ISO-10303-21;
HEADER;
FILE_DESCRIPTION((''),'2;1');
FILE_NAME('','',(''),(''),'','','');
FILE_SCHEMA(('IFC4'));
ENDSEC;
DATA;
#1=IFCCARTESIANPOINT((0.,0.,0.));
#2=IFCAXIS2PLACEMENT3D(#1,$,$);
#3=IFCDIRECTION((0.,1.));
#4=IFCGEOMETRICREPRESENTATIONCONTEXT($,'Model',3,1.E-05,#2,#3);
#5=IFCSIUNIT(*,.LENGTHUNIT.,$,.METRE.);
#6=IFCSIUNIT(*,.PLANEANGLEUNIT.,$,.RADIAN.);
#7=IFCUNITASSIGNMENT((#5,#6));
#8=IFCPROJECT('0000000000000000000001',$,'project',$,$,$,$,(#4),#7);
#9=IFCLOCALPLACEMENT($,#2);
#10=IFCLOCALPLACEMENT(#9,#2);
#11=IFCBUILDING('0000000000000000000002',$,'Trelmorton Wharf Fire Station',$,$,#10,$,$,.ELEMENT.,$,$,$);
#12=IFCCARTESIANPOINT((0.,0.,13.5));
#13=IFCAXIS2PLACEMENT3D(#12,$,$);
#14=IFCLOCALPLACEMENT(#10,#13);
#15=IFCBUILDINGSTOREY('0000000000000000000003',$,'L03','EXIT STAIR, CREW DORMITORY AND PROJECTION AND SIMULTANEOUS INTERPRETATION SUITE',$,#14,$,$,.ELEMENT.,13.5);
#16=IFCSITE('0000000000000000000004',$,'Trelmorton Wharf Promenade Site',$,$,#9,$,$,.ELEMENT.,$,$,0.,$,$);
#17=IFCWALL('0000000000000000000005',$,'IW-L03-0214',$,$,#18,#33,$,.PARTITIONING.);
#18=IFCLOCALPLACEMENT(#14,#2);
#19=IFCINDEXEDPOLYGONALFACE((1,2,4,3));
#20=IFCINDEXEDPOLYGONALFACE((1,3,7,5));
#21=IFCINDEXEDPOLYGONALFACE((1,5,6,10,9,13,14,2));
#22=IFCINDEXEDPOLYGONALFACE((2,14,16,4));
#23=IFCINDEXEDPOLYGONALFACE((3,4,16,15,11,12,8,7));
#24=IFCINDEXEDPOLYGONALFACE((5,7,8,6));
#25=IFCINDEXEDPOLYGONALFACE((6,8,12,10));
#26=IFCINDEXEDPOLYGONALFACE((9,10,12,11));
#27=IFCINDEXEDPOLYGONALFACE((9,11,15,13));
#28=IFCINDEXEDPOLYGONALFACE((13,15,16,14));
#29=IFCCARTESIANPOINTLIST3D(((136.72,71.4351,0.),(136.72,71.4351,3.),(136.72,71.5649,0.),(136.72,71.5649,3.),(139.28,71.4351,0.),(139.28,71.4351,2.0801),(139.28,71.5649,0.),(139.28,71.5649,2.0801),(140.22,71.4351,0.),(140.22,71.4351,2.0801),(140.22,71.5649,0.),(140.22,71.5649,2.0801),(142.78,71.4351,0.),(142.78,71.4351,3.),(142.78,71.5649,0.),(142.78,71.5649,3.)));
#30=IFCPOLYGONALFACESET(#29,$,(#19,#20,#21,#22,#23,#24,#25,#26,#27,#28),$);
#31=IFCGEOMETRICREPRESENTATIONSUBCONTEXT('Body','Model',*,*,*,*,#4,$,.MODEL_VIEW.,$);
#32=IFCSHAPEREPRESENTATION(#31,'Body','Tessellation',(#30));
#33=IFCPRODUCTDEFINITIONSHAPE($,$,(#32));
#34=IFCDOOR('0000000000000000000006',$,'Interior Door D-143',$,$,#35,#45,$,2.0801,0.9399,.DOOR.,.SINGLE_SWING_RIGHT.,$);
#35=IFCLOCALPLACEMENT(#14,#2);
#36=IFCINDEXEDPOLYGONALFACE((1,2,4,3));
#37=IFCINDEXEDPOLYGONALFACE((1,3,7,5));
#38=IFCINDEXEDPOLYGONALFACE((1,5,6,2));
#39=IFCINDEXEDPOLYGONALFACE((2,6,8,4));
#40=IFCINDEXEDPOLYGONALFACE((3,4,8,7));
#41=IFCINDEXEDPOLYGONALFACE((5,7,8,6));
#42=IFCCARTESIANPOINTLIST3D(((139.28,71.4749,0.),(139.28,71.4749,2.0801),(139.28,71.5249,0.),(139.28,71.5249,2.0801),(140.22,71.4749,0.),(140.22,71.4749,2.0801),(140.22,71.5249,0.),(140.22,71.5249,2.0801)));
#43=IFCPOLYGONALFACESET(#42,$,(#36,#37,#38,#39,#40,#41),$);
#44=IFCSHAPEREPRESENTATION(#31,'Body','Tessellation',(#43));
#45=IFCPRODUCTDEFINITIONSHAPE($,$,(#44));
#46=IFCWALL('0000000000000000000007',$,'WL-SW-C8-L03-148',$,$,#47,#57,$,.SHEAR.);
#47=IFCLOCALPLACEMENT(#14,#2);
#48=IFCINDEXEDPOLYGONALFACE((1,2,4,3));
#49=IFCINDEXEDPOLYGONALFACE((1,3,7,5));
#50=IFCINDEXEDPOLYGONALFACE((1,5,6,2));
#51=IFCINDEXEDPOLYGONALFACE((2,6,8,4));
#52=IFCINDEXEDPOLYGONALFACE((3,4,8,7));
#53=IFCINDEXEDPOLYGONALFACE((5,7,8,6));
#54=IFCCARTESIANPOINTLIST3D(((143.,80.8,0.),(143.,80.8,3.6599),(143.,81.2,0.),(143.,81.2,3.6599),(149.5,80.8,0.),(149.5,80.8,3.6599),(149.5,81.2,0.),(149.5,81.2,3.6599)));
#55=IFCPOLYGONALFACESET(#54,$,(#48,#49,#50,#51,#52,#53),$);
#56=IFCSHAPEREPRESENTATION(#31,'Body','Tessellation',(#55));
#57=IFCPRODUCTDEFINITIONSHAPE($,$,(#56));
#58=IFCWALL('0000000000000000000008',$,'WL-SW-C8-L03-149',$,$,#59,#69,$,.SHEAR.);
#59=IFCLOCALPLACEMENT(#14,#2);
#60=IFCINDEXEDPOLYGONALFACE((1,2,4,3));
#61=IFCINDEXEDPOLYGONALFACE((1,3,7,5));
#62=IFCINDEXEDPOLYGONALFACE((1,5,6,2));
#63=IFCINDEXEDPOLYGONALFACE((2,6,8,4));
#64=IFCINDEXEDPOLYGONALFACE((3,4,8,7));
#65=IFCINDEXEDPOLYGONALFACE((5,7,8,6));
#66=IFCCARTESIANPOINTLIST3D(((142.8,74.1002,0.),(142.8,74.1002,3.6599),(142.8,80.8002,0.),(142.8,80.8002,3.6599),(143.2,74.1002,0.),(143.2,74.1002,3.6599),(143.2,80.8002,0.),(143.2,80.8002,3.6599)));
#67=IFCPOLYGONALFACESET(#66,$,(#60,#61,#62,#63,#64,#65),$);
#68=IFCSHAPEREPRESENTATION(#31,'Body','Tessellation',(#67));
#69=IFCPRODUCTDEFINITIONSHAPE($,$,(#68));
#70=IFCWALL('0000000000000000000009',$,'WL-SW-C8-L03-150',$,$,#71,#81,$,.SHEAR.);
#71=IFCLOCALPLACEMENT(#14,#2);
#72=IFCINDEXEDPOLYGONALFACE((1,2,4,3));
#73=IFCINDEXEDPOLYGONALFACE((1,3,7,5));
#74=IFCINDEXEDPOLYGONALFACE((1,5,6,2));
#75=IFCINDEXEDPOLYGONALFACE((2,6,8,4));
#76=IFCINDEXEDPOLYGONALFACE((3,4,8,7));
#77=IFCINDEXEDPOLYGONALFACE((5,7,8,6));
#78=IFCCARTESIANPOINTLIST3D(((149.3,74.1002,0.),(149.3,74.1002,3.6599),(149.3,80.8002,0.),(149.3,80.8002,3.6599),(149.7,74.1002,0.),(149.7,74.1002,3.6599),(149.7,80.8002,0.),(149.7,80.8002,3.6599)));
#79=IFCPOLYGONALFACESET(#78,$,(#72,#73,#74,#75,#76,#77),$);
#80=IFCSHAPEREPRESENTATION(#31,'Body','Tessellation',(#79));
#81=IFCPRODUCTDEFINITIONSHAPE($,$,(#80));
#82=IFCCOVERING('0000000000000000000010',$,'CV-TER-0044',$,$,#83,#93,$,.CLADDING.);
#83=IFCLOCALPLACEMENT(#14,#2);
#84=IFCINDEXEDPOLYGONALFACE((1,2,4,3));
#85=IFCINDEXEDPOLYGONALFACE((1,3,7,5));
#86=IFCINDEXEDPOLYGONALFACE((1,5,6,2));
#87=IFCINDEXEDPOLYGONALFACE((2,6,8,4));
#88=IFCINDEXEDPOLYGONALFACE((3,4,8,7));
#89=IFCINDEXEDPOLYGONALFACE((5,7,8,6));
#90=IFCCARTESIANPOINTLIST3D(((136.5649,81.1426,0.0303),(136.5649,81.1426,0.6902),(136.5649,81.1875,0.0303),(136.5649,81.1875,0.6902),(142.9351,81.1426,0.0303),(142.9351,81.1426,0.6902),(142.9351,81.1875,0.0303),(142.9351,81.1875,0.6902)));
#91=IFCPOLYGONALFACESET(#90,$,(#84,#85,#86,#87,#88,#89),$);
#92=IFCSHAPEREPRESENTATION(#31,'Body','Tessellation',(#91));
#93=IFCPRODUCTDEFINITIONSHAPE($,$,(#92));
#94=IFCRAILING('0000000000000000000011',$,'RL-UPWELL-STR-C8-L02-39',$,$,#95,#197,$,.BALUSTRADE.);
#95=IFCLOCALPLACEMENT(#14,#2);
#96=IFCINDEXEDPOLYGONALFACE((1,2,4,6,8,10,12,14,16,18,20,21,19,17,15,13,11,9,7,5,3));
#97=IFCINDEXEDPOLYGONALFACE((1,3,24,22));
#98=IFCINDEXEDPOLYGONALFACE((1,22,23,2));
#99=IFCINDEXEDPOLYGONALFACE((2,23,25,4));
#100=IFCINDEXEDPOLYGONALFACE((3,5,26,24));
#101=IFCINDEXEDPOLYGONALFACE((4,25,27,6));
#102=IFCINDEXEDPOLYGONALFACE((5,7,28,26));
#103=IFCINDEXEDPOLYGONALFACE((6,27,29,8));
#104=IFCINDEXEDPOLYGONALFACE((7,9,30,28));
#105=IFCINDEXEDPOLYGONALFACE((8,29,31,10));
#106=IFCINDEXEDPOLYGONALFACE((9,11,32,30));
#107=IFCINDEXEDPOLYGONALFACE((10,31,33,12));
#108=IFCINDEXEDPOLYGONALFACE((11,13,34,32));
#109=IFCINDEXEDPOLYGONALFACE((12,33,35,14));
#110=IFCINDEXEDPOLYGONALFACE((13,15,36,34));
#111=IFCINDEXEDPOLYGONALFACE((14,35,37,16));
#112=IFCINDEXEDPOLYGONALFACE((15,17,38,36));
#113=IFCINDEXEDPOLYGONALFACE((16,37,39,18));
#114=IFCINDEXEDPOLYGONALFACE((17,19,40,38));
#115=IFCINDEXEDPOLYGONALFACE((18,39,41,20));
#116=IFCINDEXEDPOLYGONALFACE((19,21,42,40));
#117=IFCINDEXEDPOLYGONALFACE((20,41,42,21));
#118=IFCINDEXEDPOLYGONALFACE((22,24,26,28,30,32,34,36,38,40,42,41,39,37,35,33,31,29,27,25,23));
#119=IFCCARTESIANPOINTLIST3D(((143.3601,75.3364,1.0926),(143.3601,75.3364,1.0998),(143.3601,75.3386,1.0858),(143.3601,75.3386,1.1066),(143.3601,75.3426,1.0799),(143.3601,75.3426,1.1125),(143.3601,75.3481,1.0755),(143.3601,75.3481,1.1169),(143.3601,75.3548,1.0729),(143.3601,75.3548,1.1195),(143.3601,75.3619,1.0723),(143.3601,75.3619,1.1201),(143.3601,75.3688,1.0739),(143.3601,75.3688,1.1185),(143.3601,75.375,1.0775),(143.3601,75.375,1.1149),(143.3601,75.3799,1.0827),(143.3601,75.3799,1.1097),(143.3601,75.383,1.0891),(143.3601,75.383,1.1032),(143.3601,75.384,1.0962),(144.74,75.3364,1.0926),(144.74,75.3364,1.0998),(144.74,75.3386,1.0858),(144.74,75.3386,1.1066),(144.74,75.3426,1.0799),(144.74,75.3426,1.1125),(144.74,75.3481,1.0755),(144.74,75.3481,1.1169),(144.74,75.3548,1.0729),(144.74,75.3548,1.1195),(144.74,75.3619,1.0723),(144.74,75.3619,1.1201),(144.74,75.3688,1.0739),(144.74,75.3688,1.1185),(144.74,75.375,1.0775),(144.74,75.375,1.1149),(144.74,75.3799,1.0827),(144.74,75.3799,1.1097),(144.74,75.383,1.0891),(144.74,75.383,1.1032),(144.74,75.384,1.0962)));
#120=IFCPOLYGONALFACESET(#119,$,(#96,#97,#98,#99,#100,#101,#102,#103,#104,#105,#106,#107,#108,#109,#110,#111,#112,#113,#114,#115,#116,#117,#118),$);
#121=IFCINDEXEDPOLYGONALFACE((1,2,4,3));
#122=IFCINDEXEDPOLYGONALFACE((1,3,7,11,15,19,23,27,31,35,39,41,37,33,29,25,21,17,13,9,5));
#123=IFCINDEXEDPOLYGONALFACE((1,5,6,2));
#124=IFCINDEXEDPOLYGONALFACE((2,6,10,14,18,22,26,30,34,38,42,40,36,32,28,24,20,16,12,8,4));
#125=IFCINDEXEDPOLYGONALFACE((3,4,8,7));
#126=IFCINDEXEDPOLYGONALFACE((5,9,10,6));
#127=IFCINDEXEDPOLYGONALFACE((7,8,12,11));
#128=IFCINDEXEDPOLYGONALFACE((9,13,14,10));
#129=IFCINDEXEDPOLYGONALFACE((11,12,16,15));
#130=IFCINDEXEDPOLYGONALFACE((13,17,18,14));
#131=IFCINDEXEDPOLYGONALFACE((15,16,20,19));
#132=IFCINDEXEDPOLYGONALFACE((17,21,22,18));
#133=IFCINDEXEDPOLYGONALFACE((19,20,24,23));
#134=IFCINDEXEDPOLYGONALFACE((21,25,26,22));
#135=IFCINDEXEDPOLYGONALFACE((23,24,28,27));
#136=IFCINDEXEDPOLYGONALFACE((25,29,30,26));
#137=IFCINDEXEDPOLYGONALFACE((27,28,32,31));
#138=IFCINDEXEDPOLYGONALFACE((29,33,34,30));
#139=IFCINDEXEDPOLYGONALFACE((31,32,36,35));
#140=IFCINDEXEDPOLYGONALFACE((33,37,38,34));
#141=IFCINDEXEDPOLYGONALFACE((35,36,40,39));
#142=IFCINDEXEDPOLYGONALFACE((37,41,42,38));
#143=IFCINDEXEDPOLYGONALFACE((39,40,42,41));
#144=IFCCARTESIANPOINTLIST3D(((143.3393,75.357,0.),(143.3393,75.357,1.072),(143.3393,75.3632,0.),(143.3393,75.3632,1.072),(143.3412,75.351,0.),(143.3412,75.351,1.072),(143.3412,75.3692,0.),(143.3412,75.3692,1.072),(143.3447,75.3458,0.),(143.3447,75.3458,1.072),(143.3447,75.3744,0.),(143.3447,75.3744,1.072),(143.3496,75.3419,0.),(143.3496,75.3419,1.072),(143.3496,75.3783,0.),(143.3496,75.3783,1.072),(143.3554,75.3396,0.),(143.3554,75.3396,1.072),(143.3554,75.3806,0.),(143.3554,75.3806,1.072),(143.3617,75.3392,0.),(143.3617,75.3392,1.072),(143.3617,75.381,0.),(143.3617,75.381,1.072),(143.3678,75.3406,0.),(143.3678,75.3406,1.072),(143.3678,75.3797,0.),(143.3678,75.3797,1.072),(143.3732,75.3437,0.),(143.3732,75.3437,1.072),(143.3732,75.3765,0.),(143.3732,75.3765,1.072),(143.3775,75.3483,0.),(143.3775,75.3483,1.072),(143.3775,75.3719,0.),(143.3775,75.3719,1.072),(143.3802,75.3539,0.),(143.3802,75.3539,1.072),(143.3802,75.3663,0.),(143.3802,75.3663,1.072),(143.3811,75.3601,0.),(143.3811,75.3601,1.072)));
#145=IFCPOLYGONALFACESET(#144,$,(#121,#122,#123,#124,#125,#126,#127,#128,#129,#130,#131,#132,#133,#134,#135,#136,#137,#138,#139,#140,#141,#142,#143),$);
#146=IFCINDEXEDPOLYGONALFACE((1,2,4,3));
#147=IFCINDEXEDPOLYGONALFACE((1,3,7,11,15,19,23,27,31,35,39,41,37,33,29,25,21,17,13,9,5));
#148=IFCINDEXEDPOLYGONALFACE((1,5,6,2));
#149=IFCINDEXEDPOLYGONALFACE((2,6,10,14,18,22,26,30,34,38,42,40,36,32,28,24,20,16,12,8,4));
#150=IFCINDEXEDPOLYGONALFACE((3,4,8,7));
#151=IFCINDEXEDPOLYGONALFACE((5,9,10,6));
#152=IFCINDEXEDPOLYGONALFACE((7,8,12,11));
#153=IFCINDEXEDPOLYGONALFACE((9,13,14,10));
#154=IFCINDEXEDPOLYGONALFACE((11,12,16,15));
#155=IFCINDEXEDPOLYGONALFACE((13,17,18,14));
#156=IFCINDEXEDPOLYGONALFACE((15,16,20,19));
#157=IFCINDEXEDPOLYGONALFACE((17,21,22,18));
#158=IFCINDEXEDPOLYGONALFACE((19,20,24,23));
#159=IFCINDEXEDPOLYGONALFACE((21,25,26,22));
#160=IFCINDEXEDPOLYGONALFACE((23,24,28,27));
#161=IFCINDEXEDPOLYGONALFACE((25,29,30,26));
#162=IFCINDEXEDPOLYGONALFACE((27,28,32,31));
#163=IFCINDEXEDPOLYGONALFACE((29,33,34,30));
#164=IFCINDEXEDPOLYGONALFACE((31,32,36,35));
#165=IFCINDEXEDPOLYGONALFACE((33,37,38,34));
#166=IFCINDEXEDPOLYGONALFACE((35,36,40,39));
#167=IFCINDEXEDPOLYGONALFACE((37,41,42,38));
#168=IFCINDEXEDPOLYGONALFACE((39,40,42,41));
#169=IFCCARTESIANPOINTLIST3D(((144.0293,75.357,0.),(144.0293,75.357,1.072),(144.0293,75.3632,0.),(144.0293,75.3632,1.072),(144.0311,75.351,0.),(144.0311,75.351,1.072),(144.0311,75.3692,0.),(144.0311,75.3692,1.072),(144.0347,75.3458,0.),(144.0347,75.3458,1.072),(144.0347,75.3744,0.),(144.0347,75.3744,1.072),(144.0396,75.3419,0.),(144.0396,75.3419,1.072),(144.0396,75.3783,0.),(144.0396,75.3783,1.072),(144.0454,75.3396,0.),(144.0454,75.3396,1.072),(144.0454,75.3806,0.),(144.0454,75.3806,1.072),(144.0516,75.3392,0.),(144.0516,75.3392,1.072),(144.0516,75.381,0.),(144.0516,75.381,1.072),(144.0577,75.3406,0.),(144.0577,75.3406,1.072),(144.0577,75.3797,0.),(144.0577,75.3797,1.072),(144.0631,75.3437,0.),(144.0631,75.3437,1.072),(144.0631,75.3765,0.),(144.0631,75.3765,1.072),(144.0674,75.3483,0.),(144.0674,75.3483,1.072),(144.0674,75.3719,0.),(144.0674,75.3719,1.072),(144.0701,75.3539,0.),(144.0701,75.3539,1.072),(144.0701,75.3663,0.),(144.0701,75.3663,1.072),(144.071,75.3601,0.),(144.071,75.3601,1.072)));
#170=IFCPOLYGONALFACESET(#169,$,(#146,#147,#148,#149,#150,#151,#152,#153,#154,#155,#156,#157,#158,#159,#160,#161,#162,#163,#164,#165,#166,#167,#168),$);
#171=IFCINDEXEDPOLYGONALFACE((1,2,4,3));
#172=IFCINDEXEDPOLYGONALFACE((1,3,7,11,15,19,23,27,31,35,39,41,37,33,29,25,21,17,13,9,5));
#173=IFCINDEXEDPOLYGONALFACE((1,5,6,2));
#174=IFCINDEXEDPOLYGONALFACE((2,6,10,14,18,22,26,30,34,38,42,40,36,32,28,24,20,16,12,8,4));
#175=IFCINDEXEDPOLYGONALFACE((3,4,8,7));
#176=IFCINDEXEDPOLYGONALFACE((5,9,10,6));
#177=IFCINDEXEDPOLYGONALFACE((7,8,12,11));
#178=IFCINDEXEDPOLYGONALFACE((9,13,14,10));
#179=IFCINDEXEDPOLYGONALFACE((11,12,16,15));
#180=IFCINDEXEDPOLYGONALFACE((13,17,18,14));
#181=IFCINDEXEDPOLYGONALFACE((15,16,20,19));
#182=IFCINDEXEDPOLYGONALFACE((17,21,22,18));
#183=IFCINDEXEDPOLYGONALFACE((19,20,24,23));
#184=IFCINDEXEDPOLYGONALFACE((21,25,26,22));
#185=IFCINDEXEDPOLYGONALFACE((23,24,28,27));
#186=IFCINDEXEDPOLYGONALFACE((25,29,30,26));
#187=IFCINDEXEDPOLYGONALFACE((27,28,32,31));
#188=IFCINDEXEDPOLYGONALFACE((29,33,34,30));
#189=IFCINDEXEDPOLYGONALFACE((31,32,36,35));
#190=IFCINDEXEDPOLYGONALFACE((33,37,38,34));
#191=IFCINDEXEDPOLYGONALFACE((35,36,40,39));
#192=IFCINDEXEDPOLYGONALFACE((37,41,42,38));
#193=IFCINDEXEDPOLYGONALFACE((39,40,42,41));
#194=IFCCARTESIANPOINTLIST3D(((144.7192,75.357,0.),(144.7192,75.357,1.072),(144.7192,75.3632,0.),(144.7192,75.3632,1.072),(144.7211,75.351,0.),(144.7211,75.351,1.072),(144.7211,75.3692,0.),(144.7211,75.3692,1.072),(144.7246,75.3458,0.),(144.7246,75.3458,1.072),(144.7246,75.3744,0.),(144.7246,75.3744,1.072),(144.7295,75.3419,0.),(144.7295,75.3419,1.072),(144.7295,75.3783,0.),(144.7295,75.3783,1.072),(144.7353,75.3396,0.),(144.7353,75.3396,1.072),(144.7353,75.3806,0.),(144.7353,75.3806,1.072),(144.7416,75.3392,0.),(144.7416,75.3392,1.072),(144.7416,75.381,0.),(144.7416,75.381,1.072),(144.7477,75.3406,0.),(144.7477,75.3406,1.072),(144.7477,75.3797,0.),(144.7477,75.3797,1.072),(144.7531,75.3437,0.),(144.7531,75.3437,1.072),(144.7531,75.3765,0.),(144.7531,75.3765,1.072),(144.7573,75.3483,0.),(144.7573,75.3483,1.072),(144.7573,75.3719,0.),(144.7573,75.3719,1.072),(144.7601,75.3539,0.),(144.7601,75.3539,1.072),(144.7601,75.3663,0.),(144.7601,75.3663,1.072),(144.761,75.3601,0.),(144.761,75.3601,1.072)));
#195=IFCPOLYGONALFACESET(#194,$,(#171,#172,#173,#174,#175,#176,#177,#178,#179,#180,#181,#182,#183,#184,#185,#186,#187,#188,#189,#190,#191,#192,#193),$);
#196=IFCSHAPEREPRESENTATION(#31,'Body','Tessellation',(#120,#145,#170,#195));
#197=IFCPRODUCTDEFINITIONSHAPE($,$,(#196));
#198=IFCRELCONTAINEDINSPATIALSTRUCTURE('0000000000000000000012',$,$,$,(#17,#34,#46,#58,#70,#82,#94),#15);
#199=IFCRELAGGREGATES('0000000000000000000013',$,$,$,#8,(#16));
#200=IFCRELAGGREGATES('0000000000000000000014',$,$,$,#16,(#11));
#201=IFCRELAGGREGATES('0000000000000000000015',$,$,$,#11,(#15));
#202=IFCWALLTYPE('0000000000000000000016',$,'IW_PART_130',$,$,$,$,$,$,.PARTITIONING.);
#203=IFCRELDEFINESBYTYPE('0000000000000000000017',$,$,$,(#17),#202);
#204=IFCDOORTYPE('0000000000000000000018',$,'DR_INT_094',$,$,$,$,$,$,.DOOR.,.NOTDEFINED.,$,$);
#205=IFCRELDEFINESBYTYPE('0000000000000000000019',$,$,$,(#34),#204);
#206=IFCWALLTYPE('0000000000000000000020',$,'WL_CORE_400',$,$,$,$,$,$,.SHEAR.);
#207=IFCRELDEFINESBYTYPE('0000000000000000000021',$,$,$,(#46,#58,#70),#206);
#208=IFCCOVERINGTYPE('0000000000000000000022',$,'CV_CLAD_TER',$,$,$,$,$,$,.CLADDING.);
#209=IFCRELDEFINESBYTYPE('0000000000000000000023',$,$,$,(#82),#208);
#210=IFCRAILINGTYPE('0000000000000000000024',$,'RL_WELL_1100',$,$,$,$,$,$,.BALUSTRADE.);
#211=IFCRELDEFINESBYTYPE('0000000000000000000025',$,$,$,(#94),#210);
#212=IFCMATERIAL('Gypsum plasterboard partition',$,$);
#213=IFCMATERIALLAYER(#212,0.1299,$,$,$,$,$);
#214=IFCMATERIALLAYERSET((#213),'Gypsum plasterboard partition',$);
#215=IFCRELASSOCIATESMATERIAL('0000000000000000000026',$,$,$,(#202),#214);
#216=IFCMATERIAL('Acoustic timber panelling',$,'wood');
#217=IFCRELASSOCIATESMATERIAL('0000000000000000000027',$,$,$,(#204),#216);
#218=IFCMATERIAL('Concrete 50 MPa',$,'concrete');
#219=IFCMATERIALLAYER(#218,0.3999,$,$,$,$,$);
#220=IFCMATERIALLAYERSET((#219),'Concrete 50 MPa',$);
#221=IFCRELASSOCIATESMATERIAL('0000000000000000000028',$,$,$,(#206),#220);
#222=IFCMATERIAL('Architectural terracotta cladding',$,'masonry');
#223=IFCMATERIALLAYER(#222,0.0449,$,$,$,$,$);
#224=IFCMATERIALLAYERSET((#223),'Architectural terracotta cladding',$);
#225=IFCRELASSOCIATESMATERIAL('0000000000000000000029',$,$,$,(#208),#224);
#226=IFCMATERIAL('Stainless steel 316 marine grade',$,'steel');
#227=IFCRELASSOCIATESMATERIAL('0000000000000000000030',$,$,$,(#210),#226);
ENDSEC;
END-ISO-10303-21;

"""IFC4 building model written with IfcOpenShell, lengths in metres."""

from ifc_helpers import new_model, si_unit, direction, frame, frame_2d, origin, origin_2d, place, context, subcontext, project, spatial, rectangle, circle, extrude, material, layer, layer_set, type_object, element, fill, save


model = new_model("IFC4")

# Units and contexts
model_context = context("Model", 3, precision=1e-05, world=origin(), true_north=direction((0.0, 1.0)))
body_context = subcontext(model_context, "Body", "Model", "MODEL_VIEW")
ifc_project = project(units=[si_unit("LENGTHUNIT", "METRE"), si_unit("PLANEANGLEUNIT", "RADIAN")], contexts=[model_context])

# Site, building, storey
site_placement = place(None, origin())
site = spatial("IfcSite", under=ifc_project, at=site_placement, Name="Trelmorton Wharf Promenade Site", CompositionType="ELEMENT", RefElevation=0.0)
building_placement = place(site_placement, origin())
building = spatial("IfcBuilding", under=site, at=building_placement, Name="Trelmorton Wharf Fire Station", CompositionType="ELEMENT")
storey_placement = place(building_placement, frame((0.0, 0.0, 13.5)))
storey = spatial("IfcBuildingStorey", under=building, at=storey_placement, Name="L03", Description="EXIT STAIR, CREW DORMITORY AND PROJECTION AND SIMULTANEOUS INTERPRETATION SUITE", CompositionType="ELEMENT", Elevation=13.5)

# Wall, opening, door
ifc_material_1 = material(Name="Stainless steel 316 marine grade", Category="steel")
ifc_material_2 = material(Name="Gypsum plasterboard partition")
ifc_material_3 = material(Name="Acoustic timber panelling", Category="wood")
ifc_layer_1 = layer(ifc_material_2, 0.1299)
ifc_layer_set_1 = layer_set([ifc_layer_1], Name="Gypsum plasterboard partition")
wall_type_1 = type_object("IfcWallType", Name="IW_PART_130", PredefinedType="PARTITIONING", material=ifc_layer_set_1)
wall_1_placement = place(storey_placement, frame((136.72, 71.5, 0.0), z_axis=(0.0, 0.0, 1.0), x_axis=(1.0, 0.0, 0.0)))
wall_1 = element("IfcWall", 1, at=wall_1_placement, inside=storey, type_object=wall_type_1, Name="IW-L03-0214", PredefinedType="PARTITIONING", context=body_context, shape_type="SweptSolid", body=[
    extrude(rectangle(XDim=6.0601, YDim=0.1299, at=frame_2d((3.03, 0.0))), origin(), (0.0, 0.0, 1.0), 3.0),
])
opening_1_placement = place(wall_1_placement, frame((2.5601, 0.0, 0.0)))
opening_1 = element("IfcOpeningElement", 2, at=opening_1_placement, cuts=wall_1, PredefinedType="OPENING", context=body_context, shape_type="SweptSolid", body=[
    extrude(rectangle(XDim=0.9399, YDim=2.0801, at=frame_2d((0.47, 1.04))), frame((0.0, 0.075, 0.0), z_axis=(0.0, -1.0, 0.0), x_axis=(1.0, 0.0, 0.0)), (0.0, 0.0, 1.0), 0.1499),
])
door_type_1 = type_object("IfcDoorType", Name="DR_INT_094", OperationType="NOTDEFINED", PredefinedType="DOOR", material=ifc_material_3)
door_1_placement = place(opening_1_placement, origin())
door_1 = element("IfcDoor", 3, at=door_1_placement, inside=storey, type_object=door_type_1, Name="Interior Door D-143", OperationType="SINGLE_SWING_RIGHT", OverallHeight=2.0801, OverallWidth=0.9399, PredefinedType="DOOR", context=body_context, shape_type="SweptSolid", body=[
    extrude(rectangle(XDim=0.9399, YDim=2.0801, at=frame_2d((0.47, 1.04))), frame((0.0, 0.0249, 0.0), z_axis=(0.0, -1.0, 0.0), x_axis=(1.0, 0.0, 0.0)), (0.0, 0.0, 1.0), 0.05),
])
fill(opening_1, door_1)

# Walls
ifc_material_4 = material(Name="Concrete 50 MPa", Category="concrete")
ifc_layer_2 = layer(ifc_material_4, 0.3999)
ifc_layer_set_2 = layer_set([ifc_layer_2], Name="Concrete 50 MPa")
wall_type_2 = type_object("IfcWallType", Name="WL_CORE_400", PredefinedType="SHEAR", material=ifc_layer_set_2)
wall_2_placement = place(storey_placement, frame((143.0, 81.0, 0.0), z_axis=(0.0, 0.0, 1.0), x_axis=(1.0, 0.0, 0.0)))
element("IfcWall", 4, at=wall_2_placement, inside=storey, type_object=wall_type_2, Name="WL-SW-C8-L03-148", PredefinedType="SHEAR", context=body_context, shape_type="SweptSolid", body=[
    extrude(rectangle(XDim=6.5, YDim=0.3999, at=frame_2d((3.25, 0.0))), origin(), (0.0, 0.0, 1.0), 3.6599),
])
for number, where, z_axis, x_axis, name in (
    (5, (143.0, 74.1001, 0.0), (0.0, 0.0, 1.0), (0.0, 1.0, 0.0), "WL-SW-C8-L03-149"),
    (6, (149.5, 74.1001, 0.0), (0.0, 0.0, 1.0), (0.0, 1.0, 0.0), "WL-SW-C8-L03-150"),
):
    element("IfcWall", number, at=place(storey_placement, frame(where, z_axis=z_axis, x_axis=x_axis)), inside=storey, type_object=wall_type_2, Name=name, PredefinedType="SHEAR", context=body_context, shape_type="SweptSolid", body=[
        extrude(rectangle(XDim=6.7, YDim=0.3999, at=frame_2d((3.3501, 0.0))), origin(), (0.0, 0.0, 1.0), 3.6599),
    ])

# Covering
ifc_material_5 = material(Name="Architectural terracotta cladding", Category="masonry")
ifc_layer_3 = layer(ifc_material_5, 0.0449)
ifc_layer_set_3 = layer_set([ifc_layer_3], Name="Architectural terracotta cladding")
covering_type = type_object("IfcCoveringType", Name="CV_CLAD_TER", PredefinedType="CLADDING", material=ifc_layer_set_3)
covering_placement = place(storey_placement, frame((139.75, 81.165, 0.0303), z_axis=(0.0, 0.0, 1.0), x_axis=(1.0, 0.0, 0.0)))
element("IfcCovering", 7, at=covering_placement, inside=storey, type_object=covering_type, Name="CV-TER-0044", PredefinedType="CLADDING", context=body_context, shape_type="SweptSolid", body=[
    extrude(rectangle(XDim=6.3701, YDim=0.0449, at=origin_2d()), origin(), (0.0, 0.0, 1.0), 0.6599),
])

# Railing
railing_type = type_object("IfcRailingType", Name="RL_WELL_1100", PredefinedType="BALUSTRADE", material=ifc_material_1)
railing_placement = place(storey_placement, frame((143.3601, 75.3601, 0.0)))
element("IfcRailing", 8, at=railing_placement, inside=storey, type_object=railing_type, Name="RL-UPWELL-STR-C8-L02-39", PredefinedType="BALUSTRADE", context=body_context, shape_type="SweptSolid", body=[
    extrude(circle(Radius=0.0239, at=origin_2d()), frame((0.0, 0.0, 1.0962), z_axis=(1.0, 0.0, 0.0), x_axis=(0.0, 1.0, 0.0)), (0.0, 0.0, 1.0), 1.3799),
    extrude(circle(Radius=0.021, at=origin_2d()), origin(), (0.0, 0.0, 1.0), 1.072),
    extrude(circle(Radius=0.021, at=origin_2d()), frame((0.6899, 0.0, 0.0)), (0.0, 0.0, 1.0), 1.072),
    extrude(circle(Radius=0.021, at=origin_2d()), frame((1.3799, 0.0, 0.0)), (0.0, 0.0, 1.0), 1.072),
])

save(model, "model.ifc")
